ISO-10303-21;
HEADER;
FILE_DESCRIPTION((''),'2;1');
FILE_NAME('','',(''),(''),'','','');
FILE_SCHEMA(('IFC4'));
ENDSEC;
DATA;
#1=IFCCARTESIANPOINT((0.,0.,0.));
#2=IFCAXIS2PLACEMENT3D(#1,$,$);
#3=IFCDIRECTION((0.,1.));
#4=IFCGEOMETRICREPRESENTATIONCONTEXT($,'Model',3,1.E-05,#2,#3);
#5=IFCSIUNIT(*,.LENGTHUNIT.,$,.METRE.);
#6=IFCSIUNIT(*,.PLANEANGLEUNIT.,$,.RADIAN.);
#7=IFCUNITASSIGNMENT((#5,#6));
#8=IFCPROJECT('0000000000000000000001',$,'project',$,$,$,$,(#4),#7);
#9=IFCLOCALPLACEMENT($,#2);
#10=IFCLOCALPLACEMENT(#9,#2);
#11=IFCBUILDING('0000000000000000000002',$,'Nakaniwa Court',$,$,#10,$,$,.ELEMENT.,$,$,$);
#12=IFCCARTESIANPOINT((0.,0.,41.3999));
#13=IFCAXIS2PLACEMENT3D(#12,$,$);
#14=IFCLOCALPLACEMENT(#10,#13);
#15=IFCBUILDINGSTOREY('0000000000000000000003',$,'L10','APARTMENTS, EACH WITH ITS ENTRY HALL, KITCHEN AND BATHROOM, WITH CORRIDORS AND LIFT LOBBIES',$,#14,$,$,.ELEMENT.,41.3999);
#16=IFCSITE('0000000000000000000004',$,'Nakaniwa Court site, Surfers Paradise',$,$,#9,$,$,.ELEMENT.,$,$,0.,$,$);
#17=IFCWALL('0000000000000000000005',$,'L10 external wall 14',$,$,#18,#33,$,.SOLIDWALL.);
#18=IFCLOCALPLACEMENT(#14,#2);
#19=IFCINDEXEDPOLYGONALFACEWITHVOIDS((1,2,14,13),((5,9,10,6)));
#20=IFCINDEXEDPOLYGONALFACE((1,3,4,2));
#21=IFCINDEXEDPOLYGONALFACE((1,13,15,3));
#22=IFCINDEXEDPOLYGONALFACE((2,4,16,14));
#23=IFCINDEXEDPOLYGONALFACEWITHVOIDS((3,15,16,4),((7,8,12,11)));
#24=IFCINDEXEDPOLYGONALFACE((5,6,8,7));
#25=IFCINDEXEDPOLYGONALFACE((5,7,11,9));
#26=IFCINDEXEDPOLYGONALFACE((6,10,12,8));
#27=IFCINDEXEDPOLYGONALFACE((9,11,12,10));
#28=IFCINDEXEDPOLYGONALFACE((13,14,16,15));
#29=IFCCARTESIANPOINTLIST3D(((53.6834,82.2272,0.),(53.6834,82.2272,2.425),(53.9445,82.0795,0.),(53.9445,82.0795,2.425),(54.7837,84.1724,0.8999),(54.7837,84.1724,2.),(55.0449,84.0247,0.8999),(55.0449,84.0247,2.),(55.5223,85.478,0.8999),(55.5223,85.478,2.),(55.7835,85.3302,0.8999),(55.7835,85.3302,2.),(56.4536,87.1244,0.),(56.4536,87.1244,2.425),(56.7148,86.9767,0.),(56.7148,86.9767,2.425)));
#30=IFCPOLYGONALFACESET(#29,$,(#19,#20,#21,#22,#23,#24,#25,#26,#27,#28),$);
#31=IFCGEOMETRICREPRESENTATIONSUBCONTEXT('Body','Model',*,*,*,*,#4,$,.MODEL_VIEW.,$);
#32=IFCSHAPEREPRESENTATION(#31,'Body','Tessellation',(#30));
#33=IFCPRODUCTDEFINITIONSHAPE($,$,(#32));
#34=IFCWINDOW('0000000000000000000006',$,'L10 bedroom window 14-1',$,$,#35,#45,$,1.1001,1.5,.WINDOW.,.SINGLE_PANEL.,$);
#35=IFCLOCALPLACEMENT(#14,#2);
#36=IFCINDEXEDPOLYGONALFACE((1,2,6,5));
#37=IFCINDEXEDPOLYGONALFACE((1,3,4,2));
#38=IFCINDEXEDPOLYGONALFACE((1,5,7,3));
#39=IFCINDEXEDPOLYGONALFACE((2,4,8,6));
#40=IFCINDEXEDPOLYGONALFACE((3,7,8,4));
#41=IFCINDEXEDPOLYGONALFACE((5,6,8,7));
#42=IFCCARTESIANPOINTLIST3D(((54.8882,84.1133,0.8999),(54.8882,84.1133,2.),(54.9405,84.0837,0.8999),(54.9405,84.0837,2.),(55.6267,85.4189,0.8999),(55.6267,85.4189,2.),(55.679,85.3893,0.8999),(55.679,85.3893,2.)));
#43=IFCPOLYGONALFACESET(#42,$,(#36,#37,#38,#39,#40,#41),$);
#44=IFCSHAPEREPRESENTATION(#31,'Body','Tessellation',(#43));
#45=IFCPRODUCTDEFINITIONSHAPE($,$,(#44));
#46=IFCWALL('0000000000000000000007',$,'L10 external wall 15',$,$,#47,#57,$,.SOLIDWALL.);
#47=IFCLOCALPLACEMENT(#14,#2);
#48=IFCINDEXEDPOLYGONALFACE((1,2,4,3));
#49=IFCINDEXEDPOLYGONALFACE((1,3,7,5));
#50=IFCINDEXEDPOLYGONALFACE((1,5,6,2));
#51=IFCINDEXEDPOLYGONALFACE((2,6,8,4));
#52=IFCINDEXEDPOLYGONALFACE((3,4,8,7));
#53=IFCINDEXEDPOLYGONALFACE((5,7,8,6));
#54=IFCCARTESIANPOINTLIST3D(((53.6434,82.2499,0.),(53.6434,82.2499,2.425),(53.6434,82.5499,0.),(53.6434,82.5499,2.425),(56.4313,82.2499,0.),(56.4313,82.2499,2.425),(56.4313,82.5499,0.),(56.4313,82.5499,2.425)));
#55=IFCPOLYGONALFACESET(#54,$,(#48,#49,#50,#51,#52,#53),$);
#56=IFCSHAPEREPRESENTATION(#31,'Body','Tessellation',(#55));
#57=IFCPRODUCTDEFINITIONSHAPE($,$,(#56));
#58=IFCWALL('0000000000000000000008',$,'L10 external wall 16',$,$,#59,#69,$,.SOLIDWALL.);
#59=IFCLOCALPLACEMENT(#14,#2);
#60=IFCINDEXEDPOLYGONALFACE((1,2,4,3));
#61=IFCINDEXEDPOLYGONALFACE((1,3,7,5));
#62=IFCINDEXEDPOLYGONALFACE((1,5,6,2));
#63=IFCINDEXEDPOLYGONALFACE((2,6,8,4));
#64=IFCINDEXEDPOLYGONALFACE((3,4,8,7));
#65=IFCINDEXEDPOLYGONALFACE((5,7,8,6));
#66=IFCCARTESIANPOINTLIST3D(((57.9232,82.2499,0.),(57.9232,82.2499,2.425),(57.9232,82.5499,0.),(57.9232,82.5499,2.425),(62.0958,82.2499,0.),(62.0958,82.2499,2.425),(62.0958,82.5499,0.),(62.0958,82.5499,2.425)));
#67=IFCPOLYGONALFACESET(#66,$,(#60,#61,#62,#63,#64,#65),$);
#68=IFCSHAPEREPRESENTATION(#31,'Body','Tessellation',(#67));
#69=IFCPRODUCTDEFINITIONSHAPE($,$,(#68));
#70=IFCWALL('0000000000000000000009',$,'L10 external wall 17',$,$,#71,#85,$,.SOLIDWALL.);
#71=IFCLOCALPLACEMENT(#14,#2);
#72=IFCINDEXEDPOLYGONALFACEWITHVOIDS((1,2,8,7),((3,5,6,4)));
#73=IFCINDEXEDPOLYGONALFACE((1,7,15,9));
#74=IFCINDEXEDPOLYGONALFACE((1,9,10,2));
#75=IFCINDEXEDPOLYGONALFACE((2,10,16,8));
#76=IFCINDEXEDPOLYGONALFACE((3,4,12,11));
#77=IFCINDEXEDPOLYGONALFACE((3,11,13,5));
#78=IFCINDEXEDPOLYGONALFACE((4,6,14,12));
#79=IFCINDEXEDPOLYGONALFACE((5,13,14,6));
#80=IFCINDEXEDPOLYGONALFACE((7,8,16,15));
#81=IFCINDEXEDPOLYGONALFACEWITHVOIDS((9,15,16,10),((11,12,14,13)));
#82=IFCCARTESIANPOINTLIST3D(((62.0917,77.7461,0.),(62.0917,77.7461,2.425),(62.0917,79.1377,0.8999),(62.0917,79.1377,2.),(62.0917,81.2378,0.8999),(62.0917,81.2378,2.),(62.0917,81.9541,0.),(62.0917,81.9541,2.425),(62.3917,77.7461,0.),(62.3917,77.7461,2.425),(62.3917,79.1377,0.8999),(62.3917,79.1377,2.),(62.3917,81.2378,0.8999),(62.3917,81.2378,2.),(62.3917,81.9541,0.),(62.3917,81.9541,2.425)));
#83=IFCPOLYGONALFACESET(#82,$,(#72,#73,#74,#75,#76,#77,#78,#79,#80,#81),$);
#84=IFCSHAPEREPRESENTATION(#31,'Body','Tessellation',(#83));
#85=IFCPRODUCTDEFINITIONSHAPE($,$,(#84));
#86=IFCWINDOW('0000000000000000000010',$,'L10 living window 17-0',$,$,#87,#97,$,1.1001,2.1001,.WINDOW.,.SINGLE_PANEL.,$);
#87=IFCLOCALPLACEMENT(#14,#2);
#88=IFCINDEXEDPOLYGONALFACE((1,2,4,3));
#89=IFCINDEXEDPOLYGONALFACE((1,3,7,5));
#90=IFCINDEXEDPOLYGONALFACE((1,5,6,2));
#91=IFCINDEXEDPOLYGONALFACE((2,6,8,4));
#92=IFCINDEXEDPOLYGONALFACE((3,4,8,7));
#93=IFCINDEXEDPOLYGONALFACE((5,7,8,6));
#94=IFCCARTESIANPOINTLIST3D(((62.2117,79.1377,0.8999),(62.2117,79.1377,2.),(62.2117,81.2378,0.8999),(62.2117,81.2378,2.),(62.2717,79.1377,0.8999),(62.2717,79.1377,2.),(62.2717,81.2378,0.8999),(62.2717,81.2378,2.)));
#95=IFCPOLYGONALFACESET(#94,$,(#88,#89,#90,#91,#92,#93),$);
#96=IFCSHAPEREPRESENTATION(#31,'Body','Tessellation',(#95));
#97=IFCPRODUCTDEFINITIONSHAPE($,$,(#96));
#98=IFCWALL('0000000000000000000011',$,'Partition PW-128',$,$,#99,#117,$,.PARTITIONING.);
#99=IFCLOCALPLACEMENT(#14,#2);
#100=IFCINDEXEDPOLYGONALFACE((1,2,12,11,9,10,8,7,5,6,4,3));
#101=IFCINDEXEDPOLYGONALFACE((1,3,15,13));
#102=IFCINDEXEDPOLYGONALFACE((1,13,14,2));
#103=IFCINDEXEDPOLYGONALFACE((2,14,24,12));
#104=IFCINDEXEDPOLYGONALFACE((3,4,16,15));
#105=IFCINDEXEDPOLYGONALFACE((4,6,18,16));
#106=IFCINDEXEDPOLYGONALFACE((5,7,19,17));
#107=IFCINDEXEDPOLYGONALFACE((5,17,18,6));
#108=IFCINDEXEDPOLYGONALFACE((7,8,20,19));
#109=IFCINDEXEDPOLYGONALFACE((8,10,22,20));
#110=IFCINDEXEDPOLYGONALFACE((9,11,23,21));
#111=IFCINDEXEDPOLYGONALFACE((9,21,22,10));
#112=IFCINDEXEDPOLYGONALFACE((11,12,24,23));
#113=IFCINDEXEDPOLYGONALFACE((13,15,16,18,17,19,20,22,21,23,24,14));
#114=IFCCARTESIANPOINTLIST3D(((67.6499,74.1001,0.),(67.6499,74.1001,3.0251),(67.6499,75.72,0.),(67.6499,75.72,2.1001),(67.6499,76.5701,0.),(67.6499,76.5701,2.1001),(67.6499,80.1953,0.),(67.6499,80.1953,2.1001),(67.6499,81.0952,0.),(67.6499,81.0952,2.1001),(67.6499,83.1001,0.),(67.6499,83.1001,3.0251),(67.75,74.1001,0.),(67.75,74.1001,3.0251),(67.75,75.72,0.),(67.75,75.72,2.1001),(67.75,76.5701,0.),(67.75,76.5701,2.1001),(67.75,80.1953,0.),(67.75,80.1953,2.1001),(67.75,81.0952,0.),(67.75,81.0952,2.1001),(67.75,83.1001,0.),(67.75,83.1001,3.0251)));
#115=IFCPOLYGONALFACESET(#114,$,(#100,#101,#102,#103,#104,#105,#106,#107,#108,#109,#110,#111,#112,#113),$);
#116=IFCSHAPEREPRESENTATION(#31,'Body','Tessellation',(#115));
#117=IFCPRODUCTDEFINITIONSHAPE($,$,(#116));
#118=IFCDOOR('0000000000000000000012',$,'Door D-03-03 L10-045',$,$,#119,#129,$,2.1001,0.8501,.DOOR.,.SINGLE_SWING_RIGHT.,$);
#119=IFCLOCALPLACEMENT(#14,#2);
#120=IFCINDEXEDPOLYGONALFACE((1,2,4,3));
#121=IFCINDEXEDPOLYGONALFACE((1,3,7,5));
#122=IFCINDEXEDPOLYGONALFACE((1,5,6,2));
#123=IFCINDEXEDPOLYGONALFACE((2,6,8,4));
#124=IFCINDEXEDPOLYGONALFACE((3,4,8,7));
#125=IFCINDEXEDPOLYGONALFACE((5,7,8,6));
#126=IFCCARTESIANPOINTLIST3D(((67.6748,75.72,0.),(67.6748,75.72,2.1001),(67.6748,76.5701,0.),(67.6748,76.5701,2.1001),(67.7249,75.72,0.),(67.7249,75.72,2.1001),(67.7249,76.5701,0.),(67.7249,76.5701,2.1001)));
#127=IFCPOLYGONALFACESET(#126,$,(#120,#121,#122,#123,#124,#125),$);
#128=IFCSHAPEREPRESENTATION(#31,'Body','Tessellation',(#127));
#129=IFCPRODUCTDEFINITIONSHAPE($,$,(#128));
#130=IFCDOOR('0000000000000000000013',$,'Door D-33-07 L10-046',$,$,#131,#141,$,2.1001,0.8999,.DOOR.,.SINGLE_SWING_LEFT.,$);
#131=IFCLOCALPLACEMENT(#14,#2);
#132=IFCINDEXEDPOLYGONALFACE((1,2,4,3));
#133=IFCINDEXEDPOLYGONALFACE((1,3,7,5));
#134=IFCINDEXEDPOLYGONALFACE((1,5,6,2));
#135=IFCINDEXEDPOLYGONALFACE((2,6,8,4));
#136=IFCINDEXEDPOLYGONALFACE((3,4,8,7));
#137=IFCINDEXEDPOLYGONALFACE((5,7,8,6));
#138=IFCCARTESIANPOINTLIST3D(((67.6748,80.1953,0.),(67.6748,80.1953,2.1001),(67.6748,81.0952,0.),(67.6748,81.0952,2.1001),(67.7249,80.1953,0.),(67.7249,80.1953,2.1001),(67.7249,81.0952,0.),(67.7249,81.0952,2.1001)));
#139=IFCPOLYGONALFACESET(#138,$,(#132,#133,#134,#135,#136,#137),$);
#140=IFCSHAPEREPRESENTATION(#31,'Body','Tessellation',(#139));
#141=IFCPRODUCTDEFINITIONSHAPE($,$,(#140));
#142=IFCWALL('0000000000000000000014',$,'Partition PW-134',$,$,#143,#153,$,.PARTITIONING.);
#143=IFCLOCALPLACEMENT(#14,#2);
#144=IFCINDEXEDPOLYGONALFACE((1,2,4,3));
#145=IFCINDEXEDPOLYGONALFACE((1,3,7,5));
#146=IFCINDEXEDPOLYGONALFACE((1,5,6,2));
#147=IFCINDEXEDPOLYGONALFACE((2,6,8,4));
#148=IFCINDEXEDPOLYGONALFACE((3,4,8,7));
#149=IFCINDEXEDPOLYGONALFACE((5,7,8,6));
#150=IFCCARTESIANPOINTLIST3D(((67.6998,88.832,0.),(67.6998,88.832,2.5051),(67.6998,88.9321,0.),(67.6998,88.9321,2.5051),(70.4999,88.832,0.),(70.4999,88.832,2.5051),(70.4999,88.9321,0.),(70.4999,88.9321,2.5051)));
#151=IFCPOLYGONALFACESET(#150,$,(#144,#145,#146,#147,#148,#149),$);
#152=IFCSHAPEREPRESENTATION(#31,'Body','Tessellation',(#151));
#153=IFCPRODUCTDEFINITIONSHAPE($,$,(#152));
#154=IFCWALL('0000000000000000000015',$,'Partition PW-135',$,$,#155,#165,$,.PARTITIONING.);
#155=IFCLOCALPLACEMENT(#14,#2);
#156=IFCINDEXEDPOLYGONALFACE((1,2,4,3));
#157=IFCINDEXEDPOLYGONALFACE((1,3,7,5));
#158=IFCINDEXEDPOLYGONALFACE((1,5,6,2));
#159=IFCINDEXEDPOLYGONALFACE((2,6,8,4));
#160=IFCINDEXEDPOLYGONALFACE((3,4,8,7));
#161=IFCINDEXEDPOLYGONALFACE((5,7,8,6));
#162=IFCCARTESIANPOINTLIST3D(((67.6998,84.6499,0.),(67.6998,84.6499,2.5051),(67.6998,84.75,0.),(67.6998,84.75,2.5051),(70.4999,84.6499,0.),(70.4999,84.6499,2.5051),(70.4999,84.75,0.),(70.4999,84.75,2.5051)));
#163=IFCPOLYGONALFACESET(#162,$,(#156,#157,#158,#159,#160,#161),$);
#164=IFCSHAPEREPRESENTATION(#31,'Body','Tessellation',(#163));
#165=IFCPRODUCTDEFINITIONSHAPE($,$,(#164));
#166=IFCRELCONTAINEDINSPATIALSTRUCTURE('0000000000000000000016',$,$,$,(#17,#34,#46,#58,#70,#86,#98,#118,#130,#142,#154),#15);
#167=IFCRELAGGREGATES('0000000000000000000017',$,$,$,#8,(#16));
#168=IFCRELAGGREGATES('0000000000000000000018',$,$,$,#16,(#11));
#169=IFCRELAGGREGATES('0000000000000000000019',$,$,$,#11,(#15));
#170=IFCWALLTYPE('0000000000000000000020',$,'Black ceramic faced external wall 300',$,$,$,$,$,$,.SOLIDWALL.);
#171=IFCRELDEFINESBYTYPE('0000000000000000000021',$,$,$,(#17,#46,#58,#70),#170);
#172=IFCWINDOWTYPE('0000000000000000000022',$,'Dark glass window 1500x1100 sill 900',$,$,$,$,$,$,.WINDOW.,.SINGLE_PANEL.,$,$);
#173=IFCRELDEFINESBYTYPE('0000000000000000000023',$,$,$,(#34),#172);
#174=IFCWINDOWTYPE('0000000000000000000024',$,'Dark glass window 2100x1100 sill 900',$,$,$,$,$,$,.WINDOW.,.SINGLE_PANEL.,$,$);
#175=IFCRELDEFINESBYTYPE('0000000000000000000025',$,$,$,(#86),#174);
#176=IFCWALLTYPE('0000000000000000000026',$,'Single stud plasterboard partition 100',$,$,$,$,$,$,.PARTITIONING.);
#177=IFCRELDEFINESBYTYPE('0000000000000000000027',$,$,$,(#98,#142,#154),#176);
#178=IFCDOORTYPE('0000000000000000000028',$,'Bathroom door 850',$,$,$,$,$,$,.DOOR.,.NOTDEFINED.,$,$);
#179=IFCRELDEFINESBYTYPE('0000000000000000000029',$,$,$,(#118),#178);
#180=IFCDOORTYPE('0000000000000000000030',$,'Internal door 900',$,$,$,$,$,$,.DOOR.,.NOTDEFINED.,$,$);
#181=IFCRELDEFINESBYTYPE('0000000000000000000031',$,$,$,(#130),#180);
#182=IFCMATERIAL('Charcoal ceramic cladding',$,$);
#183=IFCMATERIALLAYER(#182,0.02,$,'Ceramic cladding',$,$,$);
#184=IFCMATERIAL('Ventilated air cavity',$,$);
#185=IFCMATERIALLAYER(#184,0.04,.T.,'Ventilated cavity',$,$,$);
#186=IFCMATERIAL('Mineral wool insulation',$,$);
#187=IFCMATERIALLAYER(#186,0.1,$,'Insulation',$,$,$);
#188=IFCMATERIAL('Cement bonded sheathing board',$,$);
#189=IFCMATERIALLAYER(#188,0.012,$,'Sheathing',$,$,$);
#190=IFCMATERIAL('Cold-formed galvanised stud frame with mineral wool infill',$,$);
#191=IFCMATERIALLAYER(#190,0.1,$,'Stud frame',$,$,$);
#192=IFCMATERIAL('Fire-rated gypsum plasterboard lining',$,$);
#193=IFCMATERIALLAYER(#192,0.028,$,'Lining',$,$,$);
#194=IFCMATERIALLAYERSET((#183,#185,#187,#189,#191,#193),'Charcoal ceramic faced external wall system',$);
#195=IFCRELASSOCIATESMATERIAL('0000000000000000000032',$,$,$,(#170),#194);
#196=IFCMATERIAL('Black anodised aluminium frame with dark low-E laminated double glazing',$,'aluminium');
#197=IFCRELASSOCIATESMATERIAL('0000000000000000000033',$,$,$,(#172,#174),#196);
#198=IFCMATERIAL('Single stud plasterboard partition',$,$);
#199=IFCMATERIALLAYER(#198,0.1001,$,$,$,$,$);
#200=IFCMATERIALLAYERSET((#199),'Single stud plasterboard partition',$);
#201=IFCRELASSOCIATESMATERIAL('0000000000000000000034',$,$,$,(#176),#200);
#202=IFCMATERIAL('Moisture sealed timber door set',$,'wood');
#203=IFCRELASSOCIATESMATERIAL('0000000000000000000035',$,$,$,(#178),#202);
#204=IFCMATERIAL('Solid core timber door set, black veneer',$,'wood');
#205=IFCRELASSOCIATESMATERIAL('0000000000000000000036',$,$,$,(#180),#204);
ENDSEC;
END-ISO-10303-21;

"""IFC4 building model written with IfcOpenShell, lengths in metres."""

from ifc_helpers import new_model, si_unit, direction, frame, frame_2d, origin, place, context, subcontext, project, spatial, rectangle, extrude, material, layer, layer_set, type_object, element, fill, save


model = new_model("IFC4")

# Units and contexts
model_context = context("Model", 3, precision=1e-05, world=origin(), true_north=direction((0.0, 1.0)))
body_context = subcontext(model_context, "Body", "Model", "MODEL_VIEW")
ifc_project = project(units=[si_unit("LENGTHUNIT", "METRE"), si_unit("PLANEANGLEUNIT", "RADIAN")], contexts=[model_context])

# Site, building, storey
site_placement = place(None, origin())
site = spatial("IfcSite", under=ifc_project, at=site_placement, Name="Nakaniwa Court site, Surfers Paradise", CompositionType="ELEMENT", RefElevation=0.0)
building_placement = place(site_placement, origin())
building = spatial("IfcBuilding", under=site, at=building_placement, Name="Nakaniwa Court", CompositionType="ELEMENT")
storey_placement = place(building_placement, frame((0.0, 0.0, 41.3999)))
storey = spatial("IfcBuildingStorey", under=building, at=storey_placement, Name="L10", Description="APARTMENTS, EACH WITH ITS ENTRY HALL, KITCHEN AND BATHROOM, WITH CORRIDORS AND LIFT LOBBIES", CompositionType="ELEMENT", Elevation=41.3999)

# Shared definitions
ifc_material_1 = material(Name="Charcoal ceramic cladding")
ifc_layer_1 = layer(ifc_material_1, 0.02, Name="Ceramic cladding")
ifc_material_2 = material(Name="Ventilated air cavity")
ifc_layer_2 = layer(ifc_material_2, 0.04, ventilated=True, Name="Ventilated cavity")
ifc_material_3 = material(Name="Mineral wool insulation")
ifc_layer_3 = layer(ifc_material_3, 0.1, Name="Insulation")
ifc_material_4 = material(Name="Cement bonded sheathing board")
ifc_layer_4 = layer(ifc_material_4, 0.012, Name="Sheathing")
ifc_material_5 = material(Name="Cold-formed galvanised stud frame with mineral wool infill")
ifc_layer_5 = layer(ifc_material_5, 0.1, Name="Stud frame")
ifc_material_6 = material(Name="Fire-rated gypsum plasterboard lining")
ifc_layer_6 = layer(ifc_material_6, 0.028, Name="Lining")
ifc_layer_set_1 = layer_set([ifc_layer_1, ifc_layer_2, ifc_layer_3, ifc_layer_4, ifc_layer_5, ifc_layer_6], Name="Charcoal ceramic faced external wall system")
wall_type_1 = type_object("IfcWallType", Name="Black ceramic faced external wall 300", PredefinedType="SOLIDWALL", material=ifc_layer_set_1)
ifc_material_7 = material(Name="Black anodised aluminium frame with dark low-E laminated double glazing", Category="aluminium")

# Wall, opening, window
wall_1_placement = place(storey_placement, frame((56.5842, 87.0505, 0.0), z_axis=(0.0, 0.0, 1.0), x_axis=(-0.492363, -0.87039, 0.0)))
wall_1 = element("IfcWall", 1, at=wall_1_placement, inside=storey, type_object=wall_type_1, Name="L10 external wall 14", PredefinedType="SOLIDWALL", context=body_context, shape_type="SweptSolid", body=[
    extrude(rectangle(XDim=5.6265, YDim=0.3, at=frame_2d((2.8132, 0.0))), origin(), (0.0, 0.0, 1.0), 2.425),
])
opening_1_placement = place(wall_1_placement, frame((1.8916, 0.0, 0.8999)))
opening_1 = element("IfcOpeningElement", 2, at=opening_1_placement, cuts=wall_1, PredefinedType="OPENING", context=body_context, shape_type="SweptSolid", body=[
    extrude(rectangle(XDim=1.5, YDim=1.1001, at=frame_2d((0.75, 0.55))), frame((0.0, 0.1599, 0.0), z_axis=(0.0, -1.0, 0.0), x_axis=(1.0, 0.0, 0.0)), (0.0, 0.0, 1.0), 0.3201),
])
window_type_1 = type_object("IfcWindowType", Name="Dark glass window 1500x1100 sill 900", PartitioningType="SINGLE_PANEL", PredefinedType="WINDOW", material=ifc_material_7)
window_1_placement = place(opening_1_placement, origin())
window_1 = element("IfcWindow", 3, at=window_1_placement, inside=storey, type_object=window_type_1, Name="L10 bedroom window 14-1", OverallHeight=1.1001, OverallWidth=1.5, PartitioningType="SINGLE_PANEL", PredefinedType="WINDOW", context=body_context, shape_type="SweptSolid", body=[
    extrude(rectangle(XDim=1.5, YDim=1.1001, at=frame_2d((0.75, 0.55))), frame((0.0, 0.03, 0.0), z_axis=(0.0, -1.0, 0.0), x_axis=(1.0, 0.0, 0.0)), (0.0, 0.0, 1.0), 0.0601),
])
fill(opening_1, window_1)

# Walls
wall_2_placement = place(storey_placement, frame((53.6433, 82.3999, 0.0), z_axis=(0.0, 0.0, 1.0), x_axis=(1.0, 0.0, 0.0)))
element("IfcWall", 4, at=wall_2_placement, inside=storey, type_object=wall_type_1, Name="L10 external wall 15", PredefinedType="SOLIDWALL", context=body_context, shape_type="SweptSolid", body=[
    extrude(rectangle(XDim=2.7878, YDim=0.3, at=frame_2d((1.394, 0.0))), origin(), (0.0, 0.0, 1.0), 2.425),
])
wall_3_placement = place(storey_placement, frame((57.9231, 82.3999, 0.0), z_axis=(0.0, 0.0, 1.0), x_axis=(1.0, 0.0, 0.0)))
element("IfcWall", 5, at=wall_3_placement, inside=storey, type_object=wall_type_1, Name="L10 external wall 16", PredefinedType="SOLIDWALL", context=body_context, shape_type="SweptSolid", body=[
    extrude(rectangle(XDim=4.1726, YDim=0.3, at=frame_2d((2.0864, 0.0))), origin(), (0.0, 0.0, 1.0), 2.425),
])

# Wall, opening, window
wall_4_placement = place(storey_placement, frame((62.2417, 81.9541, 0.0), z_axis=(0.0, 0.0, 1.0), x_axis=(0.0, -1.0, 0.0)))
wall_4 = element("IfcWall", 6, at=wall_4_placement, inside=storey, type_object=wall_type_1, Name="L10 external wall 17", PredefinedType="SOLIDWALL", context=body_context, shape_type="SweptSolid", body=[
    extrude(rectangle(XDim=4.208, YDim=0.3, at=frame_2d((2.104, 0.0))), origin(), (0.0, 0.0, 1.0), 2.425),
])
opening_2_placement = place(wall_4_placement, frame((0.7163, 0.0, 0.8999)))
opening_2 = element("IfcOpeningElement", 7, at=opening_2_placement, cuts=wall_4, PredefinedType="OPENING", context=body_context, shape_type="SweptSolid", body=[
    extrude(rectangle(XDim=2.1001, YDim=1.1001, at=frame_2d((1.05, 0.55))), frame((0.0, 0.1599, 0.0), z_axis=(0.0, -1.0, 0.0), x_axis=(1.0, 0.0, 0.0)), (0.0, 0.0, 1.0), 0.3201),
])
window_type_2 = type_object("IfcWindowType", Name="Dark glass window 2100x1100 sill 900", PartitioningType="SINGLE_PANEL", PredefinedType="WINDOW", material=ifc_material_7)
window_2_placement = place(opening_2_placement, origin())
window_2 = element("IfcWindow", 8, at=window_2_placement, inside=storey, type_object=window_type_2, Name="L10 living window 17-0", OverallHeight=1.1001, OverallWidth=2.1001, PartitioningType="SINGLE_PANEL", PredefinedType="WINDOW", context=body_context, shape_type="SweptSolid", body=[
    extrude(rectangle(XDim=2.1001, YDim=1.1001, at=frame_2d((1.05, 0.55))), frame((0.0, 0.03, 0.0), z_axis=(0.0, -1.0, 0.0), x_axis=(1.0, 0.0, 0.0)), (0.0, 0.0, 1.0), 0.0601),
])
fill(opening_2, window_2)

# Wall, openings, doors
ifc_material_8 = material(Name="Single stud plasterboard partition")
ifc_layer_7 = layer(ifc_material_8, 0.1001)
ifc_layer_set_2 = layer_set([ifc_layer_7], Name="Single stud plasterboard partition")
wall_type_2 = type_object("IfcWallType", Name="Single stud plasterboard partition 100", PredefinedType="PARTITIONING", material=ifc_layer_set_2)
wall_5_placement = place(storey_placement, frame((67.7, 83.1001, 0.0), z_axis=(0.0, 0.0, 1.0), x_axis=(0.0, -1.0, 0.0)))
wall_5 = element("IfcWall", 9, at=wall_5_placement, inside=storey, type_object=wall_type_2, Name="Partition PW-128", PredefinedType="PARTITIONING", context=body_context, shape_type="SweptSolid", body=[
    extrude(rectangle(XDim=9.0, YDim=0.1001, at=frame_2d((4.5, 0.0))), origin(), (0.0, 0.0, 1.0), 3.0251),
])
opening_3_placement = place(wall_5_placement, frame((6.53, 0.0, 0.0)))
opening_3 = element("IfcOpeningElement", 10, at=opening_3_placement, cuts=wall_5, PredefinedType="OPENING", context=body_context, shape_type="SweptSolid", body=[
    extrude(rectangle(XDim=0.8501, YDim=2.1001, at=frame_2d((0.425, 1.05))), frame((0.0, 0.0601, 0.0), z_axis=(0.0, -1.0, 0.0), x_axis=(1.0, 0.0, 0.0)), (0.0, 0.0, 1.0), 0.1201),
])
opening_4_placement = place(wall_5_placement, frame((2.0049, 0.0, 0.0)))
opening_4 = element("IfcOpeningElement", 11, at=opening_4_placement, cuts=wall_5, PredefinedType="OPENING", context=body_context, shape_type="SweptSolid", body=[
    extrude(rectangle(XDim=0.8999, YDim=2.1001, at=frame_2d((0.45, 1.05))), frame((0.0, 0.0601, 0.0), z_axis=(0.0, -1.0, 0.0), x_axis=(1.0, 0.0, 0.0)), (0.0, 0.0, 1.0), 0.1201),
])
ifc_material_9 = material(Name="Moisture sealed timber door set", Category="wood")
door_type_1 = type_object("IfcDoorType", Name="Bathroom door 850", OperationType="NOTDEFINED", PredefinedType="DOOR", material=ifc_material_9)
door_1_placement = place(opening_3_placement, origin())
door_1 = element("IfcDoor", 12, at=door_1_placement, inside=storey, type_object=door_type_1, Name="Door D-03-03 L10-045", OperationType="SINGLE_SWING_RIGHT", OverallHeight=2.1001, OverallWidth=0.8501, PredefinedType="DOOR", context=body_context, shape_type="SweptSolid", body=[
    extrude(rectangle(XDim=0.8501, YDim=2.1001, at=frame_2d((0.425, 1.05))), frame((0.0, 0.0249, 0.0), z_axis=(0.0, -1.0, 0.0), x_axis=(1.0, 0.0, 0.0)), (0.0, 0.0, 1.0), 0.05),
])
fill(opening_3, door_1)
ifc_material_10 = material(Name="Solid core timber door set, black veneer", Category="wood")
door_type_2 = type_object("IfcDoorType", Name="Internal door 900", OperationType="NOTDEFINED", PredefinedType="DOOR", material=ifc_material_10)
door_2_placement = place(opening_4_placement, origin())
door_2 = element("IfcDoor", 13, at=door_2_placement, inside=storey, type_object=door_type_2, Name="Door D-33-07 L10-046", OperationType="SINGLE_SWING_LEFT", OverallHeight=2.1001, OverallWidth=0.8999, PredefinedType="DOOR", context=body_context, shape_type="SweptSolid", body=[
    extrude(rectangle(XDim=0.8999, YDim=2.1001, at=frame_2d((0.45, 1.05))), frame((0.0, 0.0249, 0.0), z_axis=(0.0, -1.0, 0.0), x_axis=(1.0, 0.0, 0.0)), (0.0, 0.0, 1.0), 0.05),
])
fill(opening_4, door_2)

# Walls
for number, where, z_axis, x_axis, name in (
    (14, (67.7, 88.8821, 0.0), (0.0, 0.0, 1.0), (1.0, 0.0, 0.0), "Partition PW-134"),
    (15, (67.7, 84.7, 0.0), (0.0, 0.0, 1.0), (1.0, 0.0, 0.0), "Partition PW-135"),
):
    element("IfcWall", number, at=place(storey_placement, frame(where, z_axis=z_axis, x_axis=x_axis)), inside=storey, type_object=wall_type_2, Name=name, PredefinedType="PARTITIONING", context=body_context, shape_type="SweptSolid", body=[
        extrude(rectangle(XDim=2.8, YDim=0.1001, at=frame_2d((1.3999, 0.0))), origin(), (0.0, 0.0, 1.0), 2.5051),
    ])

save(model, "model.ifc")
